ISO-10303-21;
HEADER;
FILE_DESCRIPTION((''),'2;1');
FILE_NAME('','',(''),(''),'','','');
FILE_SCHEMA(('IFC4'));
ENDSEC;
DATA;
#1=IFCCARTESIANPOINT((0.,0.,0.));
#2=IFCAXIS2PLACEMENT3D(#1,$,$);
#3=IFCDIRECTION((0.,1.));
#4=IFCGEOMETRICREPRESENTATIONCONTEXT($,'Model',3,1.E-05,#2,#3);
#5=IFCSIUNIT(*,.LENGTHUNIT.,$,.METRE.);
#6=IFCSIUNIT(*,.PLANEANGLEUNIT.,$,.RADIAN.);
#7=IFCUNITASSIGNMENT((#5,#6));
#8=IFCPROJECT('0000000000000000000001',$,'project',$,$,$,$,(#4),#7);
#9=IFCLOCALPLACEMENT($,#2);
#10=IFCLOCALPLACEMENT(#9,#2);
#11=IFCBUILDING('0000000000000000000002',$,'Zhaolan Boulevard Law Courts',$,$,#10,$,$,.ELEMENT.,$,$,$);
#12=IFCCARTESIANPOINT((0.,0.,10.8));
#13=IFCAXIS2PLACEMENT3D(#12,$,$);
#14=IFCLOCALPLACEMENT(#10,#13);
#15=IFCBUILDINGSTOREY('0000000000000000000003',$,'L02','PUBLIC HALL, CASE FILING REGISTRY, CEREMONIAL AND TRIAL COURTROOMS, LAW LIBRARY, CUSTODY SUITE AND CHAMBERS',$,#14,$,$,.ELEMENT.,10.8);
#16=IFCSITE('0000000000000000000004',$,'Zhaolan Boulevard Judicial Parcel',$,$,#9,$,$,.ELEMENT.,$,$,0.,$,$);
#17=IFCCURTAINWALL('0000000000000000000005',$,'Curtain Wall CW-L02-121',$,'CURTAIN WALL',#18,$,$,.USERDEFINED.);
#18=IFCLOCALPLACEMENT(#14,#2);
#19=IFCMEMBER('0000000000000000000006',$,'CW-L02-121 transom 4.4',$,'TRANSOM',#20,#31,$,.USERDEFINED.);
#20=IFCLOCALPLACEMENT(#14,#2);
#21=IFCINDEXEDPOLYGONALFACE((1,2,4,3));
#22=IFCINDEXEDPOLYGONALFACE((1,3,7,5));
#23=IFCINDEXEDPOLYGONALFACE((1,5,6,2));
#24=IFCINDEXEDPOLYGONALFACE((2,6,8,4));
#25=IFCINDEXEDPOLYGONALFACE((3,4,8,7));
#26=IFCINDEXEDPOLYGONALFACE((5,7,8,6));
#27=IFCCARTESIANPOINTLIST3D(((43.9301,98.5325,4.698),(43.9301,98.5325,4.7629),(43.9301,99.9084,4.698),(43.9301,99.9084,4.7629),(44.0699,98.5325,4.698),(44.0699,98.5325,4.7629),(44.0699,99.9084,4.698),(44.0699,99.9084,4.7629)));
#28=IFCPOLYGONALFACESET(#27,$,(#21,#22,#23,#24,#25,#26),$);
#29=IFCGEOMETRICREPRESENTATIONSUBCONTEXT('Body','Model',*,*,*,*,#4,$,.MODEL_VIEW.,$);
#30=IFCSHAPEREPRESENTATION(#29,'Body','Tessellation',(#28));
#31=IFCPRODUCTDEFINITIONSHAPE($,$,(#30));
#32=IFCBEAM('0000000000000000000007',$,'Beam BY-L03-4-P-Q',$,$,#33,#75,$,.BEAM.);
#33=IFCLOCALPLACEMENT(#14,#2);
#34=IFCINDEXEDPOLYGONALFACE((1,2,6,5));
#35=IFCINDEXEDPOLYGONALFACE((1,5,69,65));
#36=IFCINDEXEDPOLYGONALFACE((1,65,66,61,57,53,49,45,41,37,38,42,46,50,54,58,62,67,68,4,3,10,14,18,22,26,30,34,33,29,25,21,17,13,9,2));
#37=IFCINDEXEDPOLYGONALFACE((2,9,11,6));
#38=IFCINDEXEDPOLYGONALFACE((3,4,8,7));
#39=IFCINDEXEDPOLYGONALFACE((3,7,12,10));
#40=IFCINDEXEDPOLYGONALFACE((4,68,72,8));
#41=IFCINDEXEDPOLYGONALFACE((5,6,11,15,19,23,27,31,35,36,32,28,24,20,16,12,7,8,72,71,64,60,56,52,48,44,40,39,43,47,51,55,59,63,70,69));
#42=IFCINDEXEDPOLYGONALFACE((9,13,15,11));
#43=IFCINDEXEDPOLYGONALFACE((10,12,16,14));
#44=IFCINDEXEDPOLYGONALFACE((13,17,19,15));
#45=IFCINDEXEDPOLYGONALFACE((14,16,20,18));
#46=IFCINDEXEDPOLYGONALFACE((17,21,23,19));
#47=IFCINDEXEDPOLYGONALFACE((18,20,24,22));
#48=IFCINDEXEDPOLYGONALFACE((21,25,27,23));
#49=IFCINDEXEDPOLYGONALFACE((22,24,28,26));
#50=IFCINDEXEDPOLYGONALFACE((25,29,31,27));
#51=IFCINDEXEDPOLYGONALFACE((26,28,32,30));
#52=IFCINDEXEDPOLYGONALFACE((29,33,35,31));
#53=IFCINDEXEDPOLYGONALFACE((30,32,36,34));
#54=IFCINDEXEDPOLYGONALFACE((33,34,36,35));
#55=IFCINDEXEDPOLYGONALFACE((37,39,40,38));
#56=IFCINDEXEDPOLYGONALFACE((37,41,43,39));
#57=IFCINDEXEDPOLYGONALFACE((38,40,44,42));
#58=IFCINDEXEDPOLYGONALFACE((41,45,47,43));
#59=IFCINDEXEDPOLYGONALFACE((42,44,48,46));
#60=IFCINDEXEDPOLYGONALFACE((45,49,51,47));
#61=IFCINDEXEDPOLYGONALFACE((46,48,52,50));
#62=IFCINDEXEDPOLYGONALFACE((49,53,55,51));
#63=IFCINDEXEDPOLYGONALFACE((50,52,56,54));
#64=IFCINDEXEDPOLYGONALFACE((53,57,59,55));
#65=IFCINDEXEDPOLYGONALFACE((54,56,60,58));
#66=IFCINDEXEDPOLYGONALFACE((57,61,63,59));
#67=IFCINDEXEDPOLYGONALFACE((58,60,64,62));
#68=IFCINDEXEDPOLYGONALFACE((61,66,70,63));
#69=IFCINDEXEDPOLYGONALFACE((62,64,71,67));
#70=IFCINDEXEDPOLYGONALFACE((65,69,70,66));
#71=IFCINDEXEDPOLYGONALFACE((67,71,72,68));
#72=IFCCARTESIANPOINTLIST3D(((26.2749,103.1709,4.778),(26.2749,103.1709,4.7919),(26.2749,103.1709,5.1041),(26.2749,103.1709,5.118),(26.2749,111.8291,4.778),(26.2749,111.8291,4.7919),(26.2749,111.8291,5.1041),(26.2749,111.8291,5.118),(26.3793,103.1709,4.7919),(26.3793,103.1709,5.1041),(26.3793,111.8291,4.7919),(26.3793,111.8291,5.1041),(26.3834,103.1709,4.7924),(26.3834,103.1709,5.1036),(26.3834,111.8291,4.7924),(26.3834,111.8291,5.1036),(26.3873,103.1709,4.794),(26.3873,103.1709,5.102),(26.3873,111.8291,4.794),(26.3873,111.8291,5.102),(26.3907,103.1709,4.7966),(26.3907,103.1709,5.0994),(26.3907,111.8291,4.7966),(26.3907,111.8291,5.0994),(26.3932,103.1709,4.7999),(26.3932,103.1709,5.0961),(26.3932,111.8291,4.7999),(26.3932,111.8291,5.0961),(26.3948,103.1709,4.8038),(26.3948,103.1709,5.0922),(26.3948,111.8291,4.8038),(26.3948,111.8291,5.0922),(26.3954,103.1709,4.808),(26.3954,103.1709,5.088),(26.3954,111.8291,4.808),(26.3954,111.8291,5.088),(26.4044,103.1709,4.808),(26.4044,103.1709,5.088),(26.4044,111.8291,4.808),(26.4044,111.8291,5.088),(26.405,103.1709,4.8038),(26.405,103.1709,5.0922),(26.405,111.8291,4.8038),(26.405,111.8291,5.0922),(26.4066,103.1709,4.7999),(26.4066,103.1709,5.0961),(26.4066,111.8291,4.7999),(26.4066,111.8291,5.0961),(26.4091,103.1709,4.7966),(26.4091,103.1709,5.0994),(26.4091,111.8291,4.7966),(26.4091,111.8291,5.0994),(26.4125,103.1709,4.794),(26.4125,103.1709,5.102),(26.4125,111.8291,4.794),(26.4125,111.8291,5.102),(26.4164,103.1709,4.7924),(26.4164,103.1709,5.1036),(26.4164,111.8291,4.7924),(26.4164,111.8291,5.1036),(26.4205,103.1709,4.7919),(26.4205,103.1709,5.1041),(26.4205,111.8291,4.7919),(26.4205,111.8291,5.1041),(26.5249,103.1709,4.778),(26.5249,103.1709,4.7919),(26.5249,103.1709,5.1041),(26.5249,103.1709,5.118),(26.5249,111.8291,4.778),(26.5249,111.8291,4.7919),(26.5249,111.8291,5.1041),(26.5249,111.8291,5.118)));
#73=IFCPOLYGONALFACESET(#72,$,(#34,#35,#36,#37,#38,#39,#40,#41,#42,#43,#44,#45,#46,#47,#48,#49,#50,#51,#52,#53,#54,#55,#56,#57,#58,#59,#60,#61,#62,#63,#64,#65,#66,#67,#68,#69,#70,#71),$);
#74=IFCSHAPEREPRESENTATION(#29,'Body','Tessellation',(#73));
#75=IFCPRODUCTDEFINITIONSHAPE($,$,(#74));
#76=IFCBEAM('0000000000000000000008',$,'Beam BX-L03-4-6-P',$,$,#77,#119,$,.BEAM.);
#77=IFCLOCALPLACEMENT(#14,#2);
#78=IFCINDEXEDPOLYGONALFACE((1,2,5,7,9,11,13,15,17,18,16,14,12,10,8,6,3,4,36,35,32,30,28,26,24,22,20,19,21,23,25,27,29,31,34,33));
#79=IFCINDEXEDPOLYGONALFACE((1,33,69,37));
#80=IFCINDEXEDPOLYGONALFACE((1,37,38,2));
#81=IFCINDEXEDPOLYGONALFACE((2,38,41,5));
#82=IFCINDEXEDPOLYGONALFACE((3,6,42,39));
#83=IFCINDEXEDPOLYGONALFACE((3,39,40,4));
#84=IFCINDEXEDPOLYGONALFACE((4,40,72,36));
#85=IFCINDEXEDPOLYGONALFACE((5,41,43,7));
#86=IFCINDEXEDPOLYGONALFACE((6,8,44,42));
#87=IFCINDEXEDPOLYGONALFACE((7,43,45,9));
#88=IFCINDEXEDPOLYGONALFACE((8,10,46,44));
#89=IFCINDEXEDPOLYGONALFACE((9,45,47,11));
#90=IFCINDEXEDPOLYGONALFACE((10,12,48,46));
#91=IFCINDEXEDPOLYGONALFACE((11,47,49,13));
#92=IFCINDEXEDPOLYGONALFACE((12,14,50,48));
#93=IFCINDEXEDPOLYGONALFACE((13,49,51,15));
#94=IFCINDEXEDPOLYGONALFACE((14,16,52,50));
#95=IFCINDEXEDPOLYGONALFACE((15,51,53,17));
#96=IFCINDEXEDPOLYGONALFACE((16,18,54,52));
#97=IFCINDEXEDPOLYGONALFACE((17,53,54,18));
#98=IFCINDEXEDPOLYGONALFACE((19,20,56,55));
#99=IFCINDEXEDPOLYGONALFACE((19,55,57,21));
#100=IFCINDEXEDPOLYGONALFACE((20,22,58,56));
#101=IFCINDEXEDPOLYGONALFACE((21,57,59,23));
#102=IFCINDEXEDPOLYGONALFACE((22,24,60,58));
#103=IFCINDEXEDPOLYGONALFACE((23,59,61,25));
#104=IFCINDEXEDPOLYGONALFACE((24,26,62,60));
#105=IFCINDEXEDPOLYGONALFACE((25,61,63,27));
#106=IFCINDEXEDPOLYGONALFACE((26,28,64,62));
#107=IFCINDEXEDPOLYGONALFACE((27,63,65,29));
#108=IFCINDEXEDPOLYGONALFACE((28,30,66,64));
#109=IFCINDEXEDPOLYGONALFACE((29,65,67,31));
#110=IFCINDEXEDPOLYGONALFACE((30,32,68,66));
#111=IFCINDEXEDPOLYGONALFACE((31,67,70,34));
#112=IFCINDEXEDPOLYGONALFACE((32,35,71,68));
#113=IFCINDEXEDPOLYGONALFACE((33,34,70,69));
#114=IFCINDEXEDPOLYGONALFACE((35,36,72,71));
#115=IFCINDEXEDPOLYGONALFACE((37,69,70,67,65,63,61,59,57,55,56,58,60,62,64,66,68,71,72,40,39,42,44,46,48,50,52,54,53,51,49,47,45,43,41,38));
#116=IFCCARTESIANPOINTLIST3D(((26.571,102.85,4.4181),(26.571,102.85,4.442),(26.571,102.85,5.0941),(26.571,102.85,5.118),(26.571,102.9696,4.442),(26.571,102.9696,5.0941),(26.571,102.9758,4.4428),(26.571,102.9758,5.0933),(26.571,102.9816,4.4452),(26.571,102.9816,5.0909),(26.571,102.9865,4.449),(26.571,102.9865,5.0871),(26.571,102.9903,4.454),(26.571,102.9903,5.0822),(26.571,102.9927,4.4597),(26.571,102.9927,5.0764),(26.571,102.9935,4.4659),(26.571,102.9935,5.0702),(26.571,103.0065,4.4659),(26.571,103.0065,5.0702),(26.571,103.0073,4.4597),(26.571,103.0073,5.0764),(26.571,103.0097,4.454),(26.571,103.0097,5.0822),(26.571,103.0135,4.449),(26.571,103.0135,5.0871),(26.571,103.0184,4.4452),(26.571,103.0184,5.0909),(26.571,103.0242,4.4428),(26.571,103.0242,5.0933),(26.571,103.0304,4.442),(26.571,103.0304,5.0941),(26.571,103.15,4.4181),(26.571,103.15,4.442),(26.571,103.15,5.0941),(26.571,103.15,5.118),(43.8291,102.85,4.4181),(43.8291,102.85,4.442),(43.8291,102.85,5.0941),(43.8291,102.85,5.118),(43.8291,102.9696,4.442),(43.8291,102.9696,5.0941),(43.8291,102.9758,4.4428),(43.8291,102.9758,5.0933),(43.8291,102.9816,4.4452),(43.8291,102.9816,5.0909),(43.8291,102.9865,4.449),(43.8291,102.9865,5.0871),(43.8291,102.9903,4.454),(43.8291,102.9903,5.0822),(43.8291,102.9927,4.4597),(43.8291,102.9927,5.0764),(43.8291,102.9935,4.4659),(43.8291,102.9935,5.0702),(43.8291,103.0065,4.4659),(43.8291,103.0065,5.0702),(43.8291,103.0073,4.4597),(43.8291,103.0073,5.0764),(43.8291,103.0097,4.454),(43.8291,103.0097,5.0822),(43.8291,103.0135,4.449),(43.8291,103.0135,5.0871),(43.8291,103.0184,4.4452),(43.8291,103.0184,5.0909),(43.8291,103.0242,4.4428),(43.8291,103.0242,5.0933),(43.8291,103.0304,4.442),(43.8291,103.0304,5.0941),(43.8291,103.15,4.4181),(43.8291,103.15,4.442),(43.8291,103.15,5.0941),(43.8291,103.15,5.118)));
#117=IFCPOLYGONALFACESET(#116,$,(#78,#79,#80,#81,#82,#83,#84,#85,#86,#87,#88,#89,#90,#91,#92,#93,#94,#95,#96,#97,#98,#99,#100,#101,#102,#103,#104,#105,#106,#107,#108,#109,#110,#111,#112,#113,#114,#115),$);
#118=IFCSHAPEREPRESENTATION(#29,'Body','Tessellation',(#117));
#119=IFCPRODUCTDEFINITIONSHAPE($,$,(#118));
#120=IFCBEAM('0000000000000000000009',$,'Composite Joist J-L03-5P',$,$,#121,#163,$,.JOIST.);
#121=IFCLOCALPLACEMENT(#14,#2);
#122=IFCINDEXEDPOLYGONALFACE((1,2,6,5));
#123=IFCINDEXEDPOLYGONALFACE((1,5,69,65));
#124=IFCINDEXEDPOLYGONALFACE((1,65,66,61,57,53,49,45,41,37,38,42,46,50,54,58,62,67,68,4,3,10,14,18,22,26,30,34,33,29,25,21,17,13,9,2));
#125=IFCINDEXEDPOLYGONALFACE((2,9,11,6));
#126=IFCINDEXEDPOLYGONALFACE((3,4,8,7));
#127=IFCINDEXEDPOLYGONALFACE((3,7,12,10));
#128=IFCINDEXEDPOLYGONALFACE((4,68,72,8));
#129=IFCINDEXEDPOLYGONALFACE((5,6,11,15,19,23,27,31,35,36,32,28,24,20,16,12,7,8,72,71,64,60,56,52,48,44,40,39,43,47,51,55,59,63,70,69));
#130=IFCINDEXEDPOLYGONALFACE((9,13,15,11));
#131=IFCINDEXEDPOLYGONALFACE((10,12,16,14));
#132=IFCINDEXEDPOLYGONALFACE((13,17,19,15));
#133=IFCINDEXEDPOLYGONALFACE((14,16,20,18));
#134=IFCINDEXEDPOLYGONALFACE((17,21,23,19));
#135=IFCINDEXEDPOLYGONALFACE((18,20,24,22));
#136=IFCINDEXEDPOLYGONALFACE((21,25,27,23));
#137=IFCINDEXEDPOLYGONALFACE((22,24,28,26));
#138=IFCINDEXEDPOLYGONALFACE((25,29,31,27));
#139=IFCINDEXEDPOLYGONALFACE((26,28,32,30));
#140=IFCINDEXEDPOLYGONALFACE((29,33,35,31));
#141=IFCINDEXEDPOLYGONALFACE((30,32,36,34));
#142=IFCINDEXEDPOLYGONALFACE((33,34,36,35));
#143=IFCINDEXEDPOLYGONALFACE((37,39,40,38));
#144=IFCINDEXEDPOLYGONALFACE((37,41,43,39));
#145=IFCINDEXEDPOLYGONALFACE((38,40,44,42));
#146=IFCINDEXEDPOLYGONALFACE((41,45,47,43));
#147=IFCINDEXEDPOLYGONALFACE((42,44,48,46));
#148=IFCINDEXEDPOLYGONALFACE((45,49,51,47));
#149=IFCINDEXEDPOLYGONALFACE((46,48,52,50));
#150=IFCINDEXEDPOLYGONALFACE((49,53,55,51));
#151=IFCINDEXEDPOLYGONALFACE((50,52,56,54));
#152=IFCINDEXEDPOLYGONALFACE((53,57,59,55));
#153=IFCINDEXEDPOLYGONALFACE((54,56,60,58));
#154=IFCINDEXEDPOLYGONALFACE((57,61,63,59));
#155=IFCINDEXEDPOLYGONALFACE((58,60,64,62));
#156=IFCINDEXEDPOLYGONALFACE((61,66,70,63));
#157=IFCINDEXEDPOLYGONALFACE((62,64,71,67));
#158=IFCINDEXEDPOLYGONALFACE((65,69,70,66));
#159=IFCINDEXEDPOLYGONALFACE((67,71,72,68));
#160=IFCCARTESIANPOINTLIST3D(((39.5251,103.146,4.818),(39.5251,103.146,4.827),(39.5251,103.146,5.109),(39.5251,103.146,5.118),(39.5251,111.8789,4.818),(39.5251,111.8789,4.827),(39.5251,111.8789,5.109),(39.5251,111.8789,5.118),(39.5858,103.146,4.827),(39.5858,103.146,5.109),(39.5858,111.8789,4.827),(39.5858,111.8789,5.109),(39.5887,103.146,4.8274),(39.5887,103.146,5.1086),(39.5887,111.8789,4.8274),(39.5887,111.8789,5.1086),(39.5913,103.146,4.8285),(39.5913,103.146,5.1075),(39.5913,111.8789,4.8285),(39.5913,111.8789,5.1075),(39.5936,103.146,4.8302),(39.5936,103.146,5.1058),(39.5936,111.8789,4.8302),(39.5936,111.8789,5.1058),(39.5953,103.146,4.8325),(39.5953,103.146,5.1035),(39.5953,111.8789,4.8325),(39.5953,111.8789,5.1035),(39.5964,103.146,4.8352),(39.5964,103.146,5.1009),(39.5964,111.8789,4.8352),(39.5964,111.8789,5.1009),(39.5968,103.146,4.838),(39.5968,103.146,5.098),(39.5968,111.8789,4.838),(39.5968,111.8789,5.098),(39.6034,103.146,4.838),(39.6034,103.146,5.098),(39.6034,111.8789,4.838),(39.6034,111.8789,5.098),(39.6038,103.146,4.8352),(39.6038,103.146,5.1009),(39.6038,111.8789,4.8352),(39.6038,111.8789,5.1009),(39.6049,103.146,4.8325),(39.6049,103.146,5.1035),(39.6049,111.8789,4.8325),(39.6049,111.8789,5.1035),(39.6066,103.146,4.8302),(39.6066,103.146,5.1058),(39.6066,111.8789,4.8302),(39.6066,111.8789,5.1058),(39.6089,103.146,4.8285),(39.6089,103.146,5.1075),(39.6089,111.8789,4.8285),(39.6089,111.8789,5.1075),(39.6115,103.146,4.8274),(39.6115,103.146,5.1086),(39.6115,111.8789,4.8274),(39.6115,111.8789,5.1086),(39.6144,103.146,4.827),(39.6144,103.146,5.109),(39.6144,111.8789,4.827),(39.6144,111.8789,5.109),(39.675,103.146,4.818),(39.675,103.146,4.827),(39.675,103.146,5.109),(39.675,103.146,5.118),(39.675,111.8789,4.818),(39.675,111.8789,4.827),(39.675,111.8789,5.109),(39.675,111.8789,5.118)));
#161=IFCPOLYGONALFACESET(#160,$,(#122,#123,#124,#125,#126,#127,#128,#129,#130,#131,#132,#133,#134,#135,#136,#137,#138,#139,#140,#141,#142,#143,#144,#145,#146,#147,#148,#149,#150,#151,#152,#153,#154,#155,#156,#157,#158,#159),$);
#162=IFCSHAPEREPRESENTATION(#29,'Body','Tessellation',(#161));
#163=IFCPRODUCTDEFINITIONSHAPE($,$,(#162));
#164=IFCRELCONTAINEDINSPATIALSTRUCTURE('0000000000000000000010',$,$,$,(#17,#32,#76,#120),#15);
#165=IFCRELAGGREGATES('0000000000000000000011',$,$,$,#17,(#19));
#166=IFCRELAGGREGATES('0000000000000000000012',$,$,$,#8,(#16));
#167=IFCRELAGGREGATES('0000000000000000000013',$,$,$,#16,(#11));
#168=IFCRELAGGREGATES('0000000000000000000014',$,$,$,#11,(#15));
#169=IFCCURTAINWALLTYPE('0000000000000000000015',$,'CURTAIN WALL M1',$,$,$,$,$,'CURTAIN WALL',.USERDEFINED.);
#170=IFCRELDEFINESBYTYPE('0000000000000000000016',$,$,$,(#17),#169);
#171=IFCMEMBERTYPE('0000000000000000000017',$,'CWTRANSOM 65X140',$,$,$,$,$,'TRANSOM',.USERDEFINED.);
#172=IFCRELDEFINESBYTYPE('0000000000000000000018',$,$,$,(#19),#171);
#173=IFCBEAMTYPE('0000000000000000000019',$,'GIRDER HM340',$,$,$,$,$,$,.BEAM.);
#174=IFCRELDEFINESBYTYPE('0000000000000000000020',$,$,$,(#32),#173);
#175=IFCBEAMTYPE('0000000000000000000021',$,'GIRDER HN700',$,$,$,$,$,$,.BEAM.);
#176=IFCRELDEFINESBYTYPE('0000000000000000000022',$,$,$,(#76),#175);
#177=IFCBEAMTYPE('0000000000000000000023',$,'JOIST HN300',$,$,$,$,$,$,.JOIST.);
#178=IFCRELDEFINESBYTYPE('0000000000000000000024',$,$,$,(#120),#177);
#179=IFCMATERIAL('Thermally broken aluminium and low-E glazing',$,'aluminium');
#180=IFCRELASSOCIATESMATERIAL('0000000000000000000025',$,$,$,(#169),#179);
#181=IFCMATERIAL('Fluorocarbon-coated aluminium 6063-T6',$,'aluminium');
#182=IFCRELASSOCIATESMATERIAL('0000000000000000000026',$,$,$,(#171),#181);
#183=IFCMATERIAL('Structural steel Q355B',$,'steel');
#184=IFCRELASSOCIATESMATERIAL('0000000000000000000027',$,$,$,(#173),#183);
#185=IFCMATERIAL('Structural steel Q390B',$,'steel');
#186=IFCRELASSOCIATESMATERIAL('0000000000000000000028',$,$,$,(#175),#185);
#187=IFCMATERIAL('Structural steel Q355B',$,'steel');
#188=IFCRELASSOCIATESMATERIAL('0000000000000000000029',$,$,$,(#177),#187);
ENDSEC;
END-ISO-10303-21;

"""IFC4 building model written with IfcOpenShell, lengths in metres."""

from ifc_helpers import new_model, si_unit, direction, frame, origin, origin_2d, place, context, subcontext, project, spatial, rectangle, i_section, extrude, material, material_profile, profile_set, type_object, element, aggregate, save


model = new_model("IFC4")

# Units and contexts
model_context = context("Model", 3, precision=1e-05, world=origin(), true_north=direction((0.0, 1.0)))
body_context = subcontext(model_context, "Body", "Model", "MODEL_VIEW")
ifc_project = project(units=[si_unit("LENGTHUNIT", "METRE"), si_unit("PLANEANGLEUNIT", "RADIAN")], contexts=[model_context])

# Site, building, storey
site_placement = place(None, origin())
site = spatial("IfcSite", under=ifc_project, at=site_placement, Name="Zhaolan Boulevard Judicial Parcel", CompositionType="ELEMENT", RefElevation=0.0)
building_placement = place(site_placement, origin())
building = spatial("IfcBuilding", under=site, at=building_placement, Name="Zhaolan Boulevard Law Courts", CompositionType="ELEMENT")
storey_placement = place(building_placement, frame((0.0, 0.0, 10.8)))
storey = spatial("IfcBuildingStorey", under=building, at=storey_placement, Name="L02", Description="PUBLIC HALL, CASE FILING REGISTRY, CEREMONIAL AND TRIAL COURTROOMS, LAW LIBRARY, CUSTODY SUITE AND CHAMBERS", CompositionType="ELEMENT", Elevation=10.8)

# Curtain wall, member
ifc_material_1 = material(Name="Thermally broken aluminium and low-E glazing", Category="aluminium")
curtain_wall_type = type_object("IfcCurtainWallType", Name="CURTAIN WALL M1", ElementType="CURTAIN WALL", PredefinedType="USERDEFINED", material=ifc_material_1)
curtain_wall_placement = place(storey_placement, origin())
curtain_wall = element("IfcCurtainWall", 1, at=curtain_wall_placement, inside=storey, type_object=curtain_wall_type, Name="Curtain Wall CW-L02-121", ObjectType="CURTAIN WALL", PredefinedType="USERDEFINED")
ifc_material_2 = material(Name="Fluorocarbon-coated aluminium 6063-T6", Category="aluminium")
ifc_material_profile_1 = material_profile(ifc_material_2, rectangle(XDim=0.1399, YDim=0.0649, at=origin_2d()), Name="AL65x140")
ifc_profile_set_1 = profile_set([ifc_material_profile_1], Name="Fluorocarbon-coated aluminium 6063-T6")
member_type_1 = type_object("IfcMemberType", Name="CWTRANSOM 65X140", ElementType="TRANSOM", PredefinedType="USERDEFINED", material=ifc_profile_set_1)
member_1_placement = place(storey_placement, frame((44.0, 98.5325, 4.7305), z_axis=(0.0, 1.0, 0.0), x_axis=(-1.0, 0.0, 0.0)))
member_1 = element("IfcMember", 2, at=member_1_placement, type_object=member_type_1, Name="CW-L02-121 transom 4.4", ObjectType="TRANSOM", PredefinedType="USERDEFINED", context=body_context, shape_type="SweptSolid", body=[
    extrude(rectangle(XDim=0.1399, YDim=0.0649, at=origin_2d()), origin(), (0.0, 0.0, 1.0), 1.376),
])

# Beams
ifc_material_3 = material(Name="Structural steel Q355B", Category="steel")
ifc_material_profile_2 = material_profile(ifc_material_3, i_section(OverallWidth=0.25, OverallDepth=0.3401, WebThickness=0.009, FlangeThickness=0.0139, FilletRadius=0.0161, at=origin_2d()), Name="HM340x250")
ifc_profile_set_2 = profile_set([ifc_material_profile_2], Name="Structural steel Q355B")
beam_type_1 = type_object("IfcBeamType", Name="GIRDER HM340", PredefinedType="BEAM", material=ifc_profile_set_2)
beam_1_placement = place(storey_placement, frame((26.3999, 103.1709, 4.948), z_axis=(0.0, 1.0, 0.0), x_axis=(-1.0, 0.0, 0.0)))
element("IfcBeam", 3, at=beam_1_placement, inside=storey, type_object=beam_type_1, Name="Beam BY-L03-4-P-Q", PredefinedType="BEAM", context=body_context, shape_type="SweptSolid", body=[
    extrude(i_section(OverallWidth=0.25, OverallDepth=0.3401, WebThickness=0.009, FlangeThickness=0.0139, FilletRadius=0.0161, at=origin_2d()), origin(), (0.0, 0.0, 1.0), 8.6582),
])
ifc_material_4 = material(Name="Structural steel Q390B", Category="steel")
ifc_material_profile_3 = material_profile(ifc_material_4, i_section(OverallWidth=0.3, OverallDepth=0.7, WebThickness=0.0129, FlangeThickness=0.0239, FilletRadius=0.0239, at=origin_2d()), Name="HN700x300")
ifc_profile_set_3 = profile_set([ifc_material_profile_3], Name="Structural steel Q390B")
beam_type_2 = type_object("IfcBeamType", Name="GIRDER HN700", PredefinedType="BEAM", material=ifc_profile_set_3)
beam_2_placement = place(storey_placement, frame((26.571, 103.0, 4.7681), z_axis=(1.0, 0.0, 0.0), x_axis=(0.0, 1.0, 0.0)))
element("IfcBeam", 4, at=beam_2_placement, inside=storey, type_object=beam_type_2, Name="Beam BX-L03-4-6-P", PredefinedType="BEAM", context=body_context, shape_type="SweptSolid", body=[
    extrude(i_section(OverallWidth=0.3, OverallDepth=0.7, WebThickness=0.0129, FlangeThickness=0.0239, FilletRadius=0.0239, at=origin_2d()), origin(), (0.0, 0.0, 1.0), 17.2581),
])
ifc_material_5 = material(Name="Structural steel Q355B", Category="steel")
ifc_material_profile_4 = material_profile(ifc_material_5, i_section(OverallWidth=0.1499, OverallDepth=0.3, WebThickness=0.0066, FlangeThickness=0.009, FilletRadius=0.011, at=origin_2d()), Name="HN300x150")
ifc_profile_set_4 = profile_set([ifc_material_profile_4], Name="Structural steel Q355B")
beam_type_3 = type_object("IfcBeamType", Name="JOIST HN300", PredefinedType="JOIST", material=ifc_profile_set_4)
beam_3_placement = place(storey_placement, frame((39.6001, 103.146, 4.968), z_axis=(0.0, 1.0, 0.0), x_axis=(-1.0, 0.0, 0.0)))
element("IfcBeam", 5, at=beam_3_placement, inside=storey, type_object=beam_type_3, Name="Composite Joist J-L03-5P", PredefinedType="JOIST", context=body_context, shape_type="SweptSolid", body=[
    extrude(i_section(OverallWidth=0.1499, OverallDepth=0.3, WebThickness=0.0066, FlangeThickness=0.009, FilletRadius=0.011, at=origin_2d()), origin(), (0.0, 0.0, 1.0), 8.7329),
])

aggregate(curtain_wall, [member_1])

save(model, "model.ifc")
